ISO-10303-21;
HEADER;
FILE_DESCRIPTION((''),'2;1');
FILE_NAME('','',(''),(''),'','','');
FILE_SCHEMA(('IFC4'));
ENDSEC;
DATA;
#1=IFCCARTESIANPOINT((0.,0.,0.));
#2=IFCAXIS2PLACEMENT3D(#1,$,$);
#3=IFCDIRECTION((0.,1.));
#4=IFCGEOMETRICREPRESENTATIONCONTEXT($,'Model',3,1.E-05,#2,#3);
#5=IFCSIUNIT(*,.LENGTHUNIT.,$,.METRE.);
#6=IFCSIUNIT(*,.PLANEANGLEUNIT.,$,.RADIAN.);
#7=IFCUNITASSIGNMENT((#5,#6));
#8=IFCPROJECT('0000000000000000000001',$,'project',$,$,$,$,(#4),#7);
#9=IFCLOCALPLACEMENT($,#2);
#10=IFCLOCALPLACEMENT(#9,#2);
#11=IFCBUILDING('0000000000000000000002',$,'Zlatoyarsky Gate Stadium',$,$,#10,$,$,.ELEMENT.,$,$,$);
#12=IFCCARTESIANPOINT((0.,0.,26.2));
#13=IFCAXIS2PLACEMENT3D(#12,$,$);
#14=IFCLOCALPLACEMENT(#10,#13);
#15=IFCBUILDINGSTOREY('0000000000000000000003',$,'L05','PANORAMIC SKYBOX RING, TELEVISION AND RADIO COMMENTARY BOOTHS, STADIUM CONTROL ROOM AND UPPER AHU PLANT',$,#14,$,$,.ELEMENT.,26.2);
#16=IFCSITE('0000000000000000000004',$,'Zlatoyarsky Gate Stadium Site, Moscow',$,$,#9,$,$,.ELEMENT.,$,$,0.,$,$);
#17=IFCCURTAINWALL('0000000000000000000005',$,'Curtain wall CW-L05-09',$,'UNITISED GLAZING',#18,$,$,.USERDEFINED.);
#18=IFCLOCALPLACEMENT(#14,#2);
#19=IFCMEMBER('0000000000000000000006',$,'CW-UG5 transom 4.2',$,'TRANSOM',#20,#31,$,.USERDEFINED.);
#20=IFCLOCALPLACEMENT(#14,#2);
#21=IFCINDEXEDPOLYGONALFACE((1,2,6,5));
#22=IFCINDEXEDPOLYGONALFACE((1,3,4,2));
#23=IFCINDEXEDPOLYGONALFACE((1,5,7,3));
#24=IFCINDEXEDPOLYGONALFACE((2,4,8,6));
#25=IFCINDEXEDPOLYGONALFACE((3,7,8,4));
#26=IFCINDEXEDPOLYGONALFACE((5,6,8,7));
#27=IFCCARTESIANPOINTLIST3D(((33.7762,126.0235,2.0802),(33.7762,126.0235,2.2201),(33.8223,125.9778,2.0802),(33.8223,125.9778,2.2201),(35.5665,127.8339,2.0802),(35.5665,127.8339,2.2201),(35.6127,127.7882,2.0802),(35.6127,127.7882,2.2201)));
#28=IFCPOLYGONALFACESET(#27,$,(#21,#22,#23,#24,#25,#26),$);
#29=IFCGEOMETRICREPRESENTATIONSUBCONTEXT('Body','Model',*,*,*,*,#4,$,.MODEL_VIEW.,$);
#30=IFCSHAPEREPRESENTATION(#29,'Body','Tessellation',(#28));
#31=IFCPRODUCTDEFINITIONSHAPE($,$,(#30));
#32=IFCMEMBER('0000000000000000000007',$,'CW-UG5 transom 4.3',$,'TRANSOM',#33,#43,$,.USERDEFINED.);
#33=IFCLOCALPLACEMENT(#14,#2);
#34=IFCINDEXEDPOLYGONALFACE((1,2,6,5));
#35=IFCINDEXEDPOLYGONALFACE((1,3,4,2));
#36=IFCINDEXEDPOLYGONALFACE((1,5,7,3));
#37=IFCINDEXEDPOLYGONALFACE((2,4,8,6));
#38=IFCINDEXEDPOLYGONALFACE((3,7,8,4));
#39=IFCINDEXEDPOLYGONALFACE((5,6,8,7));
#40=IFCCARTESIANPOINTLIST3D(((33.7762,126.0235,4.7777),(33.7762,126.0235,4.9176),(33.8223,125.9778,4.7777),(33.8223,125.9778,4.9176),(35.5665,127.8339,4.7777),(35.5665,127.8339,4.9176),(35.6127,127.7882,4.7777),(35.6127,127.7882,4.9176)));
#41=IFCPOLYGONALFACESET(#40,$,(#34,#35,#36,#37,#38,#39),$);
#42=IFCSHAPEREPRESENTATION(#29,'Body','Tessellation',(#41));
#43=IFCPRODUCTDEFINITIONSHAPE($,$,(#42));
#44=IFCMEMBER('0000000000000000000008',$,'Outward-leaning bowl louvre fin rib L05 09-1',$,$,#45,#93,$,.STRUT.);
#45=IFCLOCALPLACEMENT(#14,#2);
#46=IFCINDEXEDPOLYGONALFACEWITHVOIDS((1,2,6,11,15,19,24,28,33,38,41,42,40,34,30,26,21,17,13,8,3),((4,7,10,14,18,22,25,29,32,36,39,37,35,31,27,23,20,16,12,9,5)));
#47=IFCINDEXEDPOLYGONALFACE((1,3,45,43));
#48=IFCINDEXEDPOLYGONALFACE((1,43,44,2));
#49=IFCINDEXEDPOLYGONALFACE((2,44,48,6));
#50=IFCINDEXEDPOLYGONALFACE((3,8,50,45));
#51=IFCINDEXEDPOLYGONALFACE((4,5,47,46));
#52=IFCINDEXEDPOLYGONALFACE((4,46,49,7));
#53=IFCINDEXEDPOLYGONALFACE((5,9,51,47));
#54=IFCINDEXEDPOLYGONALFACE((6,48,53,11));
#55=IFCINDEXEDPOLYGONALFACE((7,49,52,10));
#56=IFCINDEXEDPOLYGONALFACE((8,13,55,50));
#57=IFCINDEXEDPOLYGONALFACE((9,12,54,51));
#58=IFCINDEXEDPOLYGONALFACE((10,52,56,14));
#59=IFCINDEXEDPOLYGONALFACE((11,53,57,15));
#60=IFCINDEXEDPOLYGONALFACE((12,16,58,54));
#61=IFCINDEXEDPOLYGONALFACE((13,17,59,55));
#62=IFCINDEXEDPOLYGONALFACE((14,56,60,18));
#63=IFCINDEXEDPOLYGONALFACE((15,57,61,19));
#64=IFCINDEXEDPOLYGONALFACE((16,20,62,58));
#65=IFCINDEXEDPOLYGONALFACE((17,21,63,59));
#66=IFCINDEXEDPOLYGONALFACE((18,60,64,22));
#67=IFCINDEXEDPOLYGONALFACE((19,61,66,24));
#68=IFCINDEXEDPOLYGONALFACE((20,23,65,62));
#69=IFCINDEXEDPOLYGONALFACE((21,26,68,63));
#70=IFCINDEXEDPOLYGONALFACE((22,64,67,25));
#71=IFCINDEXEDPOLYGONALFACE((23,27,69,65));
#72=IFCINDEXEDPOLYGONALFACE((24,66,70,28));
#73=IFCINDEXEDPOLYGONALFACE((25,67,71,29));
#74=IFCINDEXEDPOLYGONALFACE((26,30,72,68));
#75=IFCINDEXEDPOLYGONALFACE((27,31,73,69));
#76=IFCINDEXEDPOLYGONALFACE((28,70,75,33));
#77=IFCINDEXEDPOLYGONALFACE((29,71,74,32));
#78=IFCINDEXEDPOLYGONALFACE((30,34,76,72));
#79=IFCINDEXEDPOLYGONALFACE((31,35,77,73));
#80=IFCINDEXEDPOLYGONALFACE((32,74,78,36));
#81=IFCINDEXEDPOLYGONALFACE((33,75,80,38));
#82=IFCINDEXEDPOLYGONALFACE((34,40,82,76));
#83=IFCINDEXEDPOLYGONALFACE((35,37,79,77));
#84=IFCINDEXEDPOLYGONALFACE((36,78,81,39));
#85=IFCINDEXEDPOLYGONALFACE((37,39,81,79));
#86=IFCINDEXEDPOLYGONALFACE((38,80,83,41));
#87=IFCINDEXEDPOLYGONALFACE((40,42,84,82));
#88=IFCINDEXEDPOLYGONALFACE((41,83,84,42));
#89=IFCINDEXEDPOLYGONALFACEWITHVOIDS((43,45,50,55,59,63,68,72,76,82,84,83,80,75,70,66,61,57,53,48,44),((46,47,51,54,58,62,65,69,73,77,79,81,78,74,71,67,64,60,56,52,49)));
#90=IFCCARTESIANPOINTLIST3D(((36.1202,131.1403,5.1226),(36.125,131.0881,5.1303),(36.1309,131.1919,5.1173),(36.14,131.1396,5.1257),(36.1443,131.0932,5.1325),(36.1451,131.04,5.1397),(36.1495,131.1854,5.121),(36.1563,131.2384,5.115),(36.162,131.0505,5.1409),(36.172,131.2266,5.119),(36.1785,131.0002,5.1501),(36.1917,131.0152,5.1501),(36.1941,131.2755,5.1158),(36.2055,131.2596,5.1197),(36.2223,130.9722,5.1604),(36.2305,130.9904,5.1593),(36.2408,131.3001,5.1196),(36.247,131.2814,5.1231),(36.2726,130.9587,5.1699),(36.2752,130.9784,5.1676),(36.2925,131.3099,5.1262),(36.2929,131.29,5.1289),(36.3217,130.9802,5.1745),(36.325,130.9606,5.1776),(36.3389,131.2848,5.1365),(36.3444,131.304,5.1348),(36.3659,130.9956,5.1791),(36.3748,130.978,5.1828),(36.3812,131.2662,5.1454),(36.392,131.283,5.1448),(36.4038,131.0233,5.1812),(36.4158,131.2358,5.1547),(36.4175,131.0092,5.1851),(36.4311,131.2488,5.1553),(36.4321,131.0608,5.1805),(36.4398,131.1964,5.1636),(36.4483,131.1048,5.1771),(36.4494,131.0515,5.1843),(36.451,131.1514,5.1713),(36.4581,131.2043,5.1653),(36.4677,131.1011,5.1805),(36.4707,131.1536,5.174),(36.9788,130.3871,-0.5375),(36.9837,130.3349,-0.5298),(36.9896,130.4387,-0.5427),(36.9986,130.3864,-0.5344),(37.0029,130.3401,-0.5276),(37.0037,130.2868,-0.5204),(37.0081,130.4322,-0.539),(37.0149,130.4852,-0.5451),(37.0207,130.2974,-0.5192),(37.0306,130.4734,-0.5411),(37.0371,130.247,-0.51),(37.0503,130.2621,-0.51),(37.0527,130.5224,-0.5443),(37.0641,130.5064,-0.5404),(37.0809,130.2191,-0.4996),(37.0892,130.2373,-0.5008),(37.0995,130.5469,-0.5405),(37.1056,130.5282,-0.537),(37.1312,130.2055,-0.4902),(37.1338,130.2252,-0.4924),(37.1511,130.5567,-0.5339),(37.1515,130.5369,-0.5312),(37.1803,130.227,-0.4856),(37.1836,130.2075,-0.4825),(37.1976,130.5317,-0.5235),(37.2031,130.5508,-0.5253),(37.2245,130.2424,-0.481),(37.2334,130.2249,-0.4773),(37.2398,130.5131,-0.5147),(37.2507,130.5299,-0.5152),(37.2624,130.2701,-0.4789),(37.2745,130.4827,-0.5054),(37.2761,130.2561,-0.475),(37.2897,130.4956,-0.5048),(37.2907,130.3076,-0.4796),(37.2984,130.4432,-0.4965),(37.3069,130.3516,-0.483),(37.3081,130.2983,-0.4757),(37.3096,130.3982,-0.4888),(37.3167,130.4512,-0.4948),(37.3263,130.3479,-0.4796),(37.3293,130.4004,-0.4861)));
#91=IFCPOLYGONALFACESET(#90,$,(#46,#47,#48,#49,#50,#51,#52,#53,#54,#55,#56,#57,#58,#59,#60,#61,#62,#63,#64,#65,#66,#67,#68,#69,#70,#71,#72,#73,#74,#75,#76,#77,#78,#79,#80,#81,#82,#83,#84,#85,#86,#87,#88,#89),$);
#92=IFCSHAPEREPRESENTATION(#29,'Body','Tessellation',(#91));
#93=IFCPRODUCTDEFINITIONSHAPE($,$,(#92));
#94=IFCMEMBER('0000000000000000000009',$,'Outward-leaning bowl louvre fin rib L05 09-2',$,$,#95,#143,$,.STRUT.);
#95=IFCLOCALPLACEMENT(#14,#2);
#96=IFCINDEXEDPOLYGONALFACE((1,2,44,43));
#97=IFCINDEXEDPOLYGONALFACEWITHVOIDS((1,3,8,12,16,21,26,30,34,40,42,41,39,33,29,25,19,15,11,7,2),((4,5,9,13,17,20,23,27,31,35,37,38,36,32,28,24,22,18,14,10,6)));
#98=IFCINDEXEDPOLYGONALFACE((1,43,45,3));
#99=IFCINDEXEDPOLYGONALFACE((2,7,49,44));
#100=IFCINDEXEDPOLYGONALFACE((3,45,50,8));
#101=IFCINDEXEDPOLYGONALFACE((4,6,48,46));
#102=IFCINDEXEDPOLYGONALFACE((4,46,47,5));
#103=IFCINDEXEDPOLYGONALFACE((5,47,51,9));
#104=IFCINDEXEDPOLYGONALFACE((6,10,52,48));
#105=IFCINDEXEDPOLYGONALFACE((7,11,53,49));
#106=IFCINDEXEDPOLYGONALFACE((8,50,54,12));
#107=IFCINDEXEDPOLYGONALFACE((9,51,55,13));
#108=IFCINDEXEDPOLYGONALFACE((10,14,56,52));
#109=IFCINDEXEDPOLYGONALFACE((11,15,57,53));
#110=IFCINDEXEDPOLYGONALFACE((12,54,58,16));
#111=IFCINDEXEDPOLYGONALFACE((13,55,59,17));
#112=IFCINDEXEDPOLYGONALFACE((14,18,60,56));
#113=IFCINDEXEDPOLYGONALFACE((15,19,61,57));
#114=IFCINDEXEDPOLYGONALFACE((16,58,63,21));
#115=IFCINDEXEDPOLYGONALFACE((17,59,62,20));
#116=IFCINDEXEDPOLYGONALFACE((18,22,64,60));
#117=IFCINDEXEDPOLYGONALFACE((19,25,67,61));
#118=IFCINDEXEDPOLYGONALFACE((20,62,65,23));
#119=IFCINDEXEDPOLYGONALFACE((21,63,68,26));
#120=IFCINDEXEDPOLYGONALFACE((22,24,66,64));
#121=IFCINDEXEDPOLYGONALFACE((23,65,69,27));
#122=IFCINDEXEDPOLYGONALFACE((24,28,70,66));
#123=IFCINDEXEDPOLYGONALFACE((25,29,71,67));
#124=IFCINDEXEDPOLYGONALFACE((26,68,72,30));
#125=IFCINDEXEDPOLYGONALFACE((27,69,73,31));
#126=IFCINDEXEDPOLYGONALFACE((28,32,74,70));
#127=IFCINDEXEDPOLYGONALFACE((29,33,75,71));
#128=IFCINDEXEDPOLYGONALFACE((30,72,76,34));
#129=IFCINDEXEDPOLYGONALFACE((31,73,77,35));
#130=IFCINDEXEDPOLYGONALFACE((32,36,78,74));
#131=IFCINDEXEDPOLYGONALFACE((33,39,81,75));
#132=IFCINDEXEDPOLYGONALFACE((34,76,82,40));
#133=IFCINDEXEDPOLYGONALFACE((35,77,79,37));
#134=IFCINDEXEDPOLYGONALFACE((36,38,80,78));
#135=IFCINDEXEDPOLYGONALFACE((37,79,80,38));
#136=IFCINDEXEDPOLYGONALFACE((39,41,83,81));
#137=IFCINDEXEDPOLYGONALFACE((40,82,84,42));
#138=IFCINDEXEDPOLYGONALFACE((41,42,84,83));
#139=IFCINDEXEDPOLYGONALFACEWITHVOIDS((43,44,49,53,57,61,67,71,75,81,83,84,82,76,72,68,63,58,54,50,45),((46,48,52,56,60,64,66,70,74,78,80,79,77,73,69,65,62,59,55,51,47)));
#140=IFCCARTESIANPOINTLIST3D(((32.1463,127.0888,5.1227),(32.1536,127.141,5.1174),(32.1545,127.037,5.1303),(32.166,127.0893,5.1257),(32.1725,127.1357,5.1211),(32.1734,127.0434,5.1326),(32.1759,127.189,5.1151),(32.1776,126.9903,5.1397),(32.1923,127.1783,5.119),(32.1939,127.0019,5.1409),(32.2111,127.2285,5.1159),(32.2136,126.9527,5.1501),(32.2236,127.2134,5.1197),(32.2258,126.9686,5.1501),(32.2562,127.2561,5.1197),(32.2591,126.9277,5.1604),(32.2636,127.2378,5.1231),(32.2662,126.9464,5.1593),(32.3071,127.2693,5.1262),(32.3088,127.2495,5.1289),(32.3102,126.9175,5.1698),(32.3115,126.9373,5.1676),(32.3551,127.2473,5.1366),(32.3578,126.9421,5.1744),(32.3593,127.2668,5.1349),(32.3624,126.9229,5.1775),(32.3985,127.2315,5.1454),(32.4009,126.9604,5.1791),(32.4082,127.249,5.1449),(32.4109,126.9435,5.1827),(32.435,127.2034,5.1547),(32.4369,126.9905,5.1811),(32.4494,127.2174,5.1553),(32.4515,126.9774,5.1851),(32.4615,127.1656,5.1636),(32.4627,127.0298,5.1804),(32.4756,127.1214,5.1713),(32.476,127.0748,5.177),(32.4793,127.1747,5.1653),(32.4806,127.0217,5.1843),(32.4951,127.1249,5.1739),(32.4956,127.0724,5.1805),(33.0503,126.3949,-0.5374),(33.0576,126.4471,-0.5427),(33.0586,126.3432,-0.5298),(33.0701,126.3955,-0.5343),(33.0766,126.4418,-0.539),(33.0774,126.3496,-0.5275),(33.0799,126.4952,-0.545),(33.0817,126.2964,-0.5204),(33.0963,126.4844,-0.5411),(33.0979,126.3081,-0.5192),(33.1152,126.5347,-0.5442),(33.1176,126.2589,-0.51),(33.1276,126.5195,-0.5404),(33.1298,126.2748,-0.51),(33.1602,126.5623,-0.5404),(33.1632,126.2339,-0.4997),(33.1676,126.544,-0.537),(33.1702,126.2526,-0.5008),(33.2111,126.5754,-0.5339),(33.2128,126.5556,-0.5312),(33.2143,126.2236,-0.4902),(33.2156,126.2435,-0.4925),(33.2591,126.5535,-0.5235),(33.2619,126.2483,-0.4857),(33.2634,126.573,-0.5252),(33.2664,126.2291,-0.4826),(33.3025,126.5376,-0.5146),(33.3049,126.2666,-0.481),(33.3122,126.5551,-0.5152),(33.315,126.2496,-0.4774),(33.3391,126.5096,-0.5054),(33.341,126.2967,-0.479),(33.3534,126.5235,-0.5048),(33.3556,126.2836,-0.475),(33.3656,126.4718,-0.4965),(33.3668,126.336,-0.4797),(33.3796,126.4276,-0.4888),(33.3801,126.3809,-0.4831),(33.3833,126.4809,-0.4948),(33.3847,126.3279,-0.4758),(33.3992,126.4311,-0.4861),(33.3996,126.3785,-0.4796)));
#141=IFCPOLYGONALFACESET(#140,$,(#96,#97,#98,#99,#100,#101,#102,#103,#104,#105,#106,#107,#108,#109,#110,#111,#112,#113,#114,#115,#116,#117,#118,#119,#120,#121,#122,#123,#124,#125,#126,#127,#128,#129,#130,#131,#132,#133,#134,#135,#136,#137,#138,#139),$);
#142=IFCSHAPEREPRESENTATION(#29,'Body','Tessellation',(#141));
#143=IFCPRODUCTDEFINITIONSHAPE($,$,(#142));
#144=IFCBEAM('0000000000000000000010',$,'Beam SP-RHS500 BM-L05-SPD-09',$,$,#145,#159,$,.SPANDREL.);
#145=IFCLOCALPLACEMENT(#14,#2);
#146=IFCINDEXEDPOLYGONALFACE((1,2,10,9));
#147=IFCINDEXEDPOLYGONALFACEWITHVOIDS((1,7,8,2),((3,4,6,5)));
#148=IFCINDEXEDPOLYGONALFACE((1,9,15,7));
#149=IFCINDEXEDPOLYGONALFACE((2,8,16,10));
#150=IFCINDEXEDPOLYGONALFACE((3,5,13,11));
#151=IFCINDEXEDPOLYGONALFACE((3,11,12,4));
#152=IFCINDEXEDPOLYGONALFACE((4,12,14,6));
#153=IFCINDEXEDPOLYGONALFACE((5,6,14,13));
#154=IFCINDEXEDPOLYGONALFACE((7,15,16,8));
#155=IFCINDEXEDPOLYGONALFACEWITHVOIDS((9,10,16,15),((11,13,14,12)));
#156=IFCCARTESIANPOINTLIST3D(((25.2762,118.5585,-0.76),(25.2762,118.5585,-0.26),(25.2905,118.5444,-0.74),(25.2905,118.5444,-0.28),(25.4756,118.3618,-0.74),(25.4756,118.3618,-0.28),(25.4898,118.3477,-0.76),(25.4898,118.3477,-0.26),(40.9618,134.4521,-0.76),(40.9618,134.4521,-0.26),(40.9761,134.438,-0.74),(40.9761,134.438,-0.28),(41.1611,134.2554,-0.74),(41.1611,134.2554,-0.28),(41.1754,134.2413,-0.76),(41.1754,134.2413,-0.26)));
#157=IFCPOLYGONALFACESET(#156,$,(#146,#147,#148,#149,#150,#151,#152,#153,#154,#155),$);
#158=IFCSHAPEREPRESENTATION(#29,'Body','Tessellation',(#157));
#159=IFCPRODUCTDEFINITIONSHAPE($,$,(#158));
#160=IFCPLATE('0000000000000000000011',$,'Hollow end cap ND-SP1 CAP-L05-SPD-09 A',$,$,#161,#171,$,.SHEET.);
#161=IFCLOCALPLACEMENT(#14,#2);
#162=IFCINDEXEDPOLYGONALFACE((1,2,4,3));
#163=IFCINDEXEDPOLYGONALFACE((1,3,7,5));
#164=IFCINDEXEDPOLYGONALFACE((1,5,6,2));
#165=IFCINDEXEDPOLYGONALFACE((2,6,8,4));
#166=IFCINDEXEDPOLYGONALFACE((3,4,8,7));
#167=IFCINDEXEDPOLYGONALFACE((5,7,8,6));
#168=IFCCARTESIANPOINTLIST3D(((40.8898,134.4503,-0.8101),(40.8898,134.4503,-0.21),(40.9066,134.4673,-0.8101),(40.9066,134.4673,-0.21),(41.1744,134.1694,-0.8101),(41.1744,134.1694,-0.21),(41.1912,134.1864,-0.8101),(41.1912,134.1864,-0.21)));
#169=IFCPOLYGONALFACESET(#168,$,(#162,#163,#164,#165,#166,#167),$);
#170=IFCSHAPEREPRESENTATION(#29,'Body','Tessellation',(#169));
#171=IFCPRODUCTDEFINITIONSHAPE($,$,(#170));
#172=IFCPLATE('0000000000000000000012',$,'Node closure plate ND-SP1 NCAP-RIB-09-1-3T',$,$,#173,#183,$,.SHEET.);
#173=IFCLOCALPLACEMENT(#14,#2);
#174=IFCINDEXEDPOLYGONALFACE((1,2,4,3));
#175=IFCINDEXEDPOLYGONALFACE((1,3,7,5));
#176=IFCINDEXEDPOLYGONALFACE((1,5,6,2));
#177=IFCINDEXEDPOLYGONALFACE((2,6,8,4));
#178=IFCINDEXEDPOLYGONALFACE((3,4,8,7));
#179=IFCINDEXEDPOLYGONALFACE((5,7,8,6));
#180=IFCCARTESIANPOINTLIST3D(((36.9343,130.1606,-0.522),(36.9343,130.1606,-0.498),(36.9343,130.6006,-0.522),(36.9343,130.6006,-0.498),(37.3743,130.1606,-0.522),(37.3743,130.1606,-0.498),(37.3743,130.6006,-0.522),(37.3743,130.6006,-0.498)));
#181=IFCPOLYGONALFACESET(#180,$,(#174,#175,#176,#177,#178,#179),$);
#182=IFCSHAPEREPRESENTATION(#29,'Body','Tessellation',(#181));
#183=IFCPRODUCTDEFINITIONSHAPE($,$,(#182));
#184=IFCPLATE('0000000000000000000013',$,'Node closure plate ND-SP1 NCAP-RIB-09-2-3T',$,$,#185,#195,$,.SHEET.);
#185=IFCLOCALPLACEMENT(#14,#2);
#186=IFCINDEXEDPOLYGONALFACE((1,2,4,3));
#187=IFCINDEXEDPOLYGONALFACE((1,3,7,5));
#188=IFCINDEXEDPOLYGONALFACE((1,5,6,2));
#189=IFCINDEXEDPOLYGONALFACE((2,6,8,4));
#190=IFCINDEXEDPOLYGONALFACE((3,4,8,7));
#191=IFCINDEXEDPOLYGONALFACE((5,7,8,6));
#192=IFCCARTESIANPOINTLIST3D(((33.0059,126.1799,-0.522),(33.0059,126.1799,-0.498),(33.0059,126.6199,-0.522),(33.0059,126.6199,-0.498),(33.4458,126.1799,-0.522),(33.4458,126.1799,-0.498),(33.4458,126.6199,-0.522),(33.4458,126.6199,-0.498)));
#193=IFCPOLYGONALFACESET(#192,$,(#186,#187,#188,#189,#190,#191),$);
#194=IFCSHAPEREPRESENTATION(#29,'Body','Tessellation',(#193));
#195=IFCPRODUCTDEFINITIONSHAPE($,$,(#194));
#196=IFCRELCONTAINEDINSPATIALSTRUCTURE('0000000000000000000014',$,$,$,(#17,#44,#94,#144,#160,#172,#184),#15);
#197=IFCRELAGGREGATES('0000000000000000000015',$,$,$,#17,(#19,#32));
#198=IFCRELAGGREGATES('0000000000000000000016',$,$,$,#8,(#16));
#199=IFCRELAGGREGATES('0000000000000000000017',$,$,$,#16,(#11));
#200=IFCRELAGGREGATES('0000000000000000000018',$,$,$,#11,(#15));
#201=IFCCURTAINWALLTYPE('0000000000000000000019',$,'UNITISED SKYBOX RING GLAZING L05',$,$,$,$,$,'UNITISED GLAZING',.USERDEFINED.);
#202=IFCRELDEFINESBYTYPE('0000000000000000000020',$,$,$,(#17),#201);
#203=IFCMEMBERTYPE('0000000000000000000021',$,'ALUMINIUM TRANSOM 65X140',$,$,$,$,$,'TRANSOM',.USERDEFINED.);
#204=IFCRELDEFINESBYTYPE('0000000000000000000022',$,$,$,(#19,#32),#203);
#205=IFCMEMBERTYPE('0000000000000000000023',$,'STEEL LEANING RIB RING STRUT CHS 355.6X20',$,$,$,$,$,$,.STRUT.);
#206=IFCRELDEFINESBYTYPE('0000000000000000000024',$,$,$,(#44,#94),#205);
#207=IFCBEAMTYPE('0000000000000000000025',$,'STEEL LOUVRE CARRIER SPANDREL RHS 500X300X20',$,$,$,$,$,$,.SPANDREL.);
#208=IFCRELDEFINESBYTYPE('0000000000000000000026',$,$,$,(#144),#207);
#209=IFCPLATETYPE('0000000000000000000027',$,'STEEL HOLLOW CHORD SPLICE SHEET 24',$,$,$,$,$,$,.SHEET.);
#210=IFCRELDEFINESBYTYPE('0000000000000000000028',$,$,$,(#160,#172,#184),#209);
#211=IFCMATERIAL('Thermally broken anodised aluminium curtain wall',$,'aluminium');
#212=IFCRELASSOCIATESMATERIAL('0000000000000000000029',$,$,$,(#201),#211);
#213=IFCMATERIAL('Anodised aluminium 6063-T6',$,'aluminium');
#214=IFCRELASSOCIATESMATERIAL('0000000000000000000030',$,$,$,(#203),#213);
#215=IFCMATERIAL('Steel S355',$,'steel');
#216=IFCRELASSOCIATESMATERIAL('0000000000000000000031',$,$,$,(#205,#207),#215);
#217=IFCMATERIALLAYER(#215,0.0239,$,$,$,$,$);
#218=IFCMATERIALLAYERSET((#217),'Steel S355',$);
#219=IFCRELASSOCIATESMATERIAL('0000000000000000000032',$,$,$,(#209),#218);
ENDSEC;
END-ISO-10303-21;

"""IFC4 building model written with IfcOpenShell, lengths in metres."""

from ifc_helpers import new_model, si_unit, direction, frame, origin, origin_2d, place, context, subcontext, project, spatial, rectangle, hollow_rectangle, hollow_circle, extrude, material, layer, layer_set, material_profile, profile_set, type_object, element, aggregate, save


model = new_model("IFC4")

# Units and contexts
model_context = context("Model", 3, precision=1e-05, world=origin(), true_north=direction((0.0, 1.0)))
body_context = subcontext(model_context, "Body", "Model", "MODEL_VIEW")
ifc_project = project(units=[si_unit("LENGTHUNIT", "METRE"), si_unit("PLANEANGLEUNIT", "RADIAN")], contexts=[model_context])

# Site, building, storey
site_placement = place(None, origin())
site = spatial("IfcSite", under=ifc_project, at=site_placement, Name="Zlatoyarsky Gate Stadium Site, Moscow", CompositionType="ELEMENT", RefElevation=0.0)
building_placement = place(site_placement, origin())
building = spatial("IfcBuilding", under=site, at=building_placement, Name="Zlatoyarsky Gate Stadium", CompositionType="ELEMENT")
storey_placement = place(building_placement, frame((0.0, 0.0, 26.2)))
storey = spatial("IfcBuildingStorey", under=building, at=storey_placement, Name="L05", Description="PANORAMIC SKYBOX RING, TELEVISION AND RADIO COMMENTARY BOOTHS, STADIUM CONTROL ROOM AND UPPER AHU PLANT", CompositionType="ELEMENT", Elevation=26.2)

# Curtain wall, members
ifc_material_1 = material(Name="Thermally broken anodised aluminium curtain wall", Category="aluminium")
curtain_wall_type = type_object("IfcCurtainWallType", Name="UNITISED SKYBOX RING GLAZING L05", ElementType="UNITISED GLAZING", PredefinedType="USERDEFINED", material=ifc_material_1)
curtain_wall_placement = place(storey_placement, origin())
curtain_wall = element("IfcCurtainWall", 1, at=curtain_wall_placement, inside=storey, type_object=curtain_wall_type, Name="Curtain wall CW-L05-09", ObjectType="UNITISED GLAZING", PredefinedType="USERDEFINED")
ifc_material_2 = material(Name="Anodised aluminium 6063-T6", Category="aluminium")
ifc_material_profile_1 = material_profile(ifc_material_2, rectangle(XDim=0.0649, YDim=0.1399, at=origin_2d()), Name="ALU 65X140")
ifc_profile_set_1 = profile_set([ifc_material_profile_1], Name="Anodised aluminium 6063-T6")
member_type_1 = type_object("IfcMemberType", Name="ALUMINIUM TRANSOM 65X140", ElementType="TRANSOM", PredefinedType="USERDEFINED", material=ifc_profile_set_1)
member_1_placement = place(storey_placement, frame((35.5896, 127.811, 2.1501), z_axis=(-0.703164, -0.711027, 0.0), x_axis=(0.711027, -0.703164, 0.0)))
member_1 = element("IfcMember", 2, at=member_1_placement, type_object=member_type_1, Name="CW-UG5 transom 4.2", ObjectType="TRANSOM", PredefinedType="USERDEFINED", context=body_context, shape_type="SweptSolid", body=[
    extrude(rectangle(XDim=0.0649, YDim=0.1399, at=origin_2d()), origin(), (0.0, 0.0, 1.0), 2.5461),
])
member_2_placement = place(storey_placement, frame((35.5896, 127.811, 4.8477), z_axis=(-0.703164, -0.711027, 0.0), x_axis=(0.711027, -0.703164, 0.0)))
member_2 = element("IfcMember", 3, at=member_2_placement, type_object=member_type_1, Name="CW-UG5 transom 4.3", ObjectType="TRANSOM", PredefinedType="USERDEFINED", context=body_context, shape_type="SweptSolid", body=[
    extrude(rectangle(XDim=0.0649, YDim=0.1399, at=origin_2d()), origin(), (0.0, 0.0, 1.0), 2.5461),
])

# Members
ifc_material_3 = material(Name="Steel S355", Category="steel")
ifc_material_profile_2 = material_profile(ifc_material_3, hollow_circle(Radius=0.1777, WallThickness=0.02, at=origin_2d()), Name="CHS 355.6X20")
ifc_profile_set_2 = profile_set([ifc_material_profile_2], Name="Steel S355")
member_type_2 = type_object("IfcMemberType", Name="STEEL LEANING RIB RING STRUT CHS 355.6X20", PredefinedType="STRUT", material=ifc_profile_set_2)
member_3_placement = place(storey_placement, frame((37.1543, 130.3806, -0.51), z_axis=(-0.148702, 0.130437, 0.980242), x_axis=(-0.659427, -0.751768, 0.0)))
element("IfcMember", 4, at=member_3_placement, inside=storey, type_object=member_type_2, Name="Outward-leaning bowl louvre fin rib L05 09-1", PredefinedType="STRUT", context=body_context, shape_type="SweptSolid", body=[
    extrude(hollow_circle(Radius=0.1777, WallThickness=0.02, at=origin_2d()), origin(), (0.0, 0.0, 1.0), 5.7742),
])
member_4_placement = place(storey_placement, frame((33.2258, 126.3999, -0.51), z_axis=(-0.15658, 0.120173, 0.980327), x_axis=(-0.608841, -0.793292, 0.0)))
element("IfcMember", 5, at=member_4_placement, inside=storey, type_object=member_type_2, Name="Outward-leaning bowl louvre fin rib L05 09-2", PredefinedType="STRUT", context=body_context, shape_type="SweptSolid", body=[
    extrude(hollow_circle(Radius=0.1777, WallThickness=0.02, at=origin_2d()), origin(), (0.0, 0.0, 1.0), 5.7737),
])

# Beam
ifc_material_profile_3 = material_profile(ifc_material_3, hollow_rectangle(XDim=0.3, YDim=0.5, WallThickness=0.02, at=origin_2d()), Name="RHS 500X300X20")
ifc_profile_set_3 = profile_set([ifc_material_profile_3], Name="Steel S355")
beam_type = type_object("IfcBeamType", Name="STEEL LOUVRE CARRIER SPANDREL RHS 500X300X20", PredefinedType="SPANDREL", material=ifc_profile_set_3)
beam_placement = place(storey_placement, frame((41.0686, 134.3467, -0.51), z_axis=(-0.702434, -0.711749, 0.0), x_axis=(0.711749, -0.702434, 0.0)))
element("IfcBeam", 6, at=beam_placement, inside=storey, type_object=beam_type, Name="Beam SP-RHS500 BM-L05-SPD-09", PredefinedType="SPANDREL", context=body_context, shape_type="SweptSolid", body=[
    extrude(hollow_rectangle(XDim=0.3, YDim=0.5, WallThickness=0.02, at=origin_2d()), origin(), (0.0, 0.0, 1.0), 22.3303),
])

# Plates
ifc_layer_1 = layer(ifc_material_3, 0.0239)
ifc_layer_set_1 = layer_set([ifc_layer_1], Name="Steel S355")
plate_type_1 = type_object("IfcPlateType", Name="STEEL HOLLOW CHORD SPLICE SHEET 24", PredefinedType="SHEET", material=ifc_layer_set_1)
plate_1_placement = place(storey_placement, frame((41.0405, 134.3184, -0.8101), z_axis=(0.0, 0.0, 1.0), x_axis=(-0.702431, -0.711752, 0.0)))
element("IfcPlate", 7, at=plate_1_placement, inside=storey, type_object=plate_type_1, Name="Hollow end cap ND-SP1 CAP-L05-SPD-09 A", PredefinedType="SHEET", context=body_context, shape_type="SweptSolid", body=[
    extrude(rectangle(XDim=0.0239, YDim=0.3999, at=origin_2d()), origin(), (0.0, 0.0, 1.0), 0.6001),
])
for number, where, z_axis, x_axis, name in (
    (8, (37.1543, 130.3806, -0.522), (0.0, 0.0, 1.0), (1.0, 0.0, 0.0), "Node closure plate ND-SP1 NCAP-RIB-09-1-3T"),
    (9, (33.2258, 126.3999, -0.522), (0.0, 0.0, 1.0), (1.0, 0.0, 0.0), "Node closure plate ND-SP1 NCAP-RIB-09-2-3T"),
):
    element("IfcPlate", number, at=place(storey_placement, frame(where, z_axis=z_axis, x_axis=x_axis)), inside=storey, type_object=plate_type_1, Name=name, PredefinedType="SHEET", context=body_context, shape_type="SweptSolid", body=[
        extrude(rectangle(XDim=0.4399, YDim=0.4399, at=origin_2d()), origin(), (0.0, 0.0, 1.0), 0.0239),
    ])

aggregate(curtain_wall, [member_1, member_2])

save(model, "model.ifc")
